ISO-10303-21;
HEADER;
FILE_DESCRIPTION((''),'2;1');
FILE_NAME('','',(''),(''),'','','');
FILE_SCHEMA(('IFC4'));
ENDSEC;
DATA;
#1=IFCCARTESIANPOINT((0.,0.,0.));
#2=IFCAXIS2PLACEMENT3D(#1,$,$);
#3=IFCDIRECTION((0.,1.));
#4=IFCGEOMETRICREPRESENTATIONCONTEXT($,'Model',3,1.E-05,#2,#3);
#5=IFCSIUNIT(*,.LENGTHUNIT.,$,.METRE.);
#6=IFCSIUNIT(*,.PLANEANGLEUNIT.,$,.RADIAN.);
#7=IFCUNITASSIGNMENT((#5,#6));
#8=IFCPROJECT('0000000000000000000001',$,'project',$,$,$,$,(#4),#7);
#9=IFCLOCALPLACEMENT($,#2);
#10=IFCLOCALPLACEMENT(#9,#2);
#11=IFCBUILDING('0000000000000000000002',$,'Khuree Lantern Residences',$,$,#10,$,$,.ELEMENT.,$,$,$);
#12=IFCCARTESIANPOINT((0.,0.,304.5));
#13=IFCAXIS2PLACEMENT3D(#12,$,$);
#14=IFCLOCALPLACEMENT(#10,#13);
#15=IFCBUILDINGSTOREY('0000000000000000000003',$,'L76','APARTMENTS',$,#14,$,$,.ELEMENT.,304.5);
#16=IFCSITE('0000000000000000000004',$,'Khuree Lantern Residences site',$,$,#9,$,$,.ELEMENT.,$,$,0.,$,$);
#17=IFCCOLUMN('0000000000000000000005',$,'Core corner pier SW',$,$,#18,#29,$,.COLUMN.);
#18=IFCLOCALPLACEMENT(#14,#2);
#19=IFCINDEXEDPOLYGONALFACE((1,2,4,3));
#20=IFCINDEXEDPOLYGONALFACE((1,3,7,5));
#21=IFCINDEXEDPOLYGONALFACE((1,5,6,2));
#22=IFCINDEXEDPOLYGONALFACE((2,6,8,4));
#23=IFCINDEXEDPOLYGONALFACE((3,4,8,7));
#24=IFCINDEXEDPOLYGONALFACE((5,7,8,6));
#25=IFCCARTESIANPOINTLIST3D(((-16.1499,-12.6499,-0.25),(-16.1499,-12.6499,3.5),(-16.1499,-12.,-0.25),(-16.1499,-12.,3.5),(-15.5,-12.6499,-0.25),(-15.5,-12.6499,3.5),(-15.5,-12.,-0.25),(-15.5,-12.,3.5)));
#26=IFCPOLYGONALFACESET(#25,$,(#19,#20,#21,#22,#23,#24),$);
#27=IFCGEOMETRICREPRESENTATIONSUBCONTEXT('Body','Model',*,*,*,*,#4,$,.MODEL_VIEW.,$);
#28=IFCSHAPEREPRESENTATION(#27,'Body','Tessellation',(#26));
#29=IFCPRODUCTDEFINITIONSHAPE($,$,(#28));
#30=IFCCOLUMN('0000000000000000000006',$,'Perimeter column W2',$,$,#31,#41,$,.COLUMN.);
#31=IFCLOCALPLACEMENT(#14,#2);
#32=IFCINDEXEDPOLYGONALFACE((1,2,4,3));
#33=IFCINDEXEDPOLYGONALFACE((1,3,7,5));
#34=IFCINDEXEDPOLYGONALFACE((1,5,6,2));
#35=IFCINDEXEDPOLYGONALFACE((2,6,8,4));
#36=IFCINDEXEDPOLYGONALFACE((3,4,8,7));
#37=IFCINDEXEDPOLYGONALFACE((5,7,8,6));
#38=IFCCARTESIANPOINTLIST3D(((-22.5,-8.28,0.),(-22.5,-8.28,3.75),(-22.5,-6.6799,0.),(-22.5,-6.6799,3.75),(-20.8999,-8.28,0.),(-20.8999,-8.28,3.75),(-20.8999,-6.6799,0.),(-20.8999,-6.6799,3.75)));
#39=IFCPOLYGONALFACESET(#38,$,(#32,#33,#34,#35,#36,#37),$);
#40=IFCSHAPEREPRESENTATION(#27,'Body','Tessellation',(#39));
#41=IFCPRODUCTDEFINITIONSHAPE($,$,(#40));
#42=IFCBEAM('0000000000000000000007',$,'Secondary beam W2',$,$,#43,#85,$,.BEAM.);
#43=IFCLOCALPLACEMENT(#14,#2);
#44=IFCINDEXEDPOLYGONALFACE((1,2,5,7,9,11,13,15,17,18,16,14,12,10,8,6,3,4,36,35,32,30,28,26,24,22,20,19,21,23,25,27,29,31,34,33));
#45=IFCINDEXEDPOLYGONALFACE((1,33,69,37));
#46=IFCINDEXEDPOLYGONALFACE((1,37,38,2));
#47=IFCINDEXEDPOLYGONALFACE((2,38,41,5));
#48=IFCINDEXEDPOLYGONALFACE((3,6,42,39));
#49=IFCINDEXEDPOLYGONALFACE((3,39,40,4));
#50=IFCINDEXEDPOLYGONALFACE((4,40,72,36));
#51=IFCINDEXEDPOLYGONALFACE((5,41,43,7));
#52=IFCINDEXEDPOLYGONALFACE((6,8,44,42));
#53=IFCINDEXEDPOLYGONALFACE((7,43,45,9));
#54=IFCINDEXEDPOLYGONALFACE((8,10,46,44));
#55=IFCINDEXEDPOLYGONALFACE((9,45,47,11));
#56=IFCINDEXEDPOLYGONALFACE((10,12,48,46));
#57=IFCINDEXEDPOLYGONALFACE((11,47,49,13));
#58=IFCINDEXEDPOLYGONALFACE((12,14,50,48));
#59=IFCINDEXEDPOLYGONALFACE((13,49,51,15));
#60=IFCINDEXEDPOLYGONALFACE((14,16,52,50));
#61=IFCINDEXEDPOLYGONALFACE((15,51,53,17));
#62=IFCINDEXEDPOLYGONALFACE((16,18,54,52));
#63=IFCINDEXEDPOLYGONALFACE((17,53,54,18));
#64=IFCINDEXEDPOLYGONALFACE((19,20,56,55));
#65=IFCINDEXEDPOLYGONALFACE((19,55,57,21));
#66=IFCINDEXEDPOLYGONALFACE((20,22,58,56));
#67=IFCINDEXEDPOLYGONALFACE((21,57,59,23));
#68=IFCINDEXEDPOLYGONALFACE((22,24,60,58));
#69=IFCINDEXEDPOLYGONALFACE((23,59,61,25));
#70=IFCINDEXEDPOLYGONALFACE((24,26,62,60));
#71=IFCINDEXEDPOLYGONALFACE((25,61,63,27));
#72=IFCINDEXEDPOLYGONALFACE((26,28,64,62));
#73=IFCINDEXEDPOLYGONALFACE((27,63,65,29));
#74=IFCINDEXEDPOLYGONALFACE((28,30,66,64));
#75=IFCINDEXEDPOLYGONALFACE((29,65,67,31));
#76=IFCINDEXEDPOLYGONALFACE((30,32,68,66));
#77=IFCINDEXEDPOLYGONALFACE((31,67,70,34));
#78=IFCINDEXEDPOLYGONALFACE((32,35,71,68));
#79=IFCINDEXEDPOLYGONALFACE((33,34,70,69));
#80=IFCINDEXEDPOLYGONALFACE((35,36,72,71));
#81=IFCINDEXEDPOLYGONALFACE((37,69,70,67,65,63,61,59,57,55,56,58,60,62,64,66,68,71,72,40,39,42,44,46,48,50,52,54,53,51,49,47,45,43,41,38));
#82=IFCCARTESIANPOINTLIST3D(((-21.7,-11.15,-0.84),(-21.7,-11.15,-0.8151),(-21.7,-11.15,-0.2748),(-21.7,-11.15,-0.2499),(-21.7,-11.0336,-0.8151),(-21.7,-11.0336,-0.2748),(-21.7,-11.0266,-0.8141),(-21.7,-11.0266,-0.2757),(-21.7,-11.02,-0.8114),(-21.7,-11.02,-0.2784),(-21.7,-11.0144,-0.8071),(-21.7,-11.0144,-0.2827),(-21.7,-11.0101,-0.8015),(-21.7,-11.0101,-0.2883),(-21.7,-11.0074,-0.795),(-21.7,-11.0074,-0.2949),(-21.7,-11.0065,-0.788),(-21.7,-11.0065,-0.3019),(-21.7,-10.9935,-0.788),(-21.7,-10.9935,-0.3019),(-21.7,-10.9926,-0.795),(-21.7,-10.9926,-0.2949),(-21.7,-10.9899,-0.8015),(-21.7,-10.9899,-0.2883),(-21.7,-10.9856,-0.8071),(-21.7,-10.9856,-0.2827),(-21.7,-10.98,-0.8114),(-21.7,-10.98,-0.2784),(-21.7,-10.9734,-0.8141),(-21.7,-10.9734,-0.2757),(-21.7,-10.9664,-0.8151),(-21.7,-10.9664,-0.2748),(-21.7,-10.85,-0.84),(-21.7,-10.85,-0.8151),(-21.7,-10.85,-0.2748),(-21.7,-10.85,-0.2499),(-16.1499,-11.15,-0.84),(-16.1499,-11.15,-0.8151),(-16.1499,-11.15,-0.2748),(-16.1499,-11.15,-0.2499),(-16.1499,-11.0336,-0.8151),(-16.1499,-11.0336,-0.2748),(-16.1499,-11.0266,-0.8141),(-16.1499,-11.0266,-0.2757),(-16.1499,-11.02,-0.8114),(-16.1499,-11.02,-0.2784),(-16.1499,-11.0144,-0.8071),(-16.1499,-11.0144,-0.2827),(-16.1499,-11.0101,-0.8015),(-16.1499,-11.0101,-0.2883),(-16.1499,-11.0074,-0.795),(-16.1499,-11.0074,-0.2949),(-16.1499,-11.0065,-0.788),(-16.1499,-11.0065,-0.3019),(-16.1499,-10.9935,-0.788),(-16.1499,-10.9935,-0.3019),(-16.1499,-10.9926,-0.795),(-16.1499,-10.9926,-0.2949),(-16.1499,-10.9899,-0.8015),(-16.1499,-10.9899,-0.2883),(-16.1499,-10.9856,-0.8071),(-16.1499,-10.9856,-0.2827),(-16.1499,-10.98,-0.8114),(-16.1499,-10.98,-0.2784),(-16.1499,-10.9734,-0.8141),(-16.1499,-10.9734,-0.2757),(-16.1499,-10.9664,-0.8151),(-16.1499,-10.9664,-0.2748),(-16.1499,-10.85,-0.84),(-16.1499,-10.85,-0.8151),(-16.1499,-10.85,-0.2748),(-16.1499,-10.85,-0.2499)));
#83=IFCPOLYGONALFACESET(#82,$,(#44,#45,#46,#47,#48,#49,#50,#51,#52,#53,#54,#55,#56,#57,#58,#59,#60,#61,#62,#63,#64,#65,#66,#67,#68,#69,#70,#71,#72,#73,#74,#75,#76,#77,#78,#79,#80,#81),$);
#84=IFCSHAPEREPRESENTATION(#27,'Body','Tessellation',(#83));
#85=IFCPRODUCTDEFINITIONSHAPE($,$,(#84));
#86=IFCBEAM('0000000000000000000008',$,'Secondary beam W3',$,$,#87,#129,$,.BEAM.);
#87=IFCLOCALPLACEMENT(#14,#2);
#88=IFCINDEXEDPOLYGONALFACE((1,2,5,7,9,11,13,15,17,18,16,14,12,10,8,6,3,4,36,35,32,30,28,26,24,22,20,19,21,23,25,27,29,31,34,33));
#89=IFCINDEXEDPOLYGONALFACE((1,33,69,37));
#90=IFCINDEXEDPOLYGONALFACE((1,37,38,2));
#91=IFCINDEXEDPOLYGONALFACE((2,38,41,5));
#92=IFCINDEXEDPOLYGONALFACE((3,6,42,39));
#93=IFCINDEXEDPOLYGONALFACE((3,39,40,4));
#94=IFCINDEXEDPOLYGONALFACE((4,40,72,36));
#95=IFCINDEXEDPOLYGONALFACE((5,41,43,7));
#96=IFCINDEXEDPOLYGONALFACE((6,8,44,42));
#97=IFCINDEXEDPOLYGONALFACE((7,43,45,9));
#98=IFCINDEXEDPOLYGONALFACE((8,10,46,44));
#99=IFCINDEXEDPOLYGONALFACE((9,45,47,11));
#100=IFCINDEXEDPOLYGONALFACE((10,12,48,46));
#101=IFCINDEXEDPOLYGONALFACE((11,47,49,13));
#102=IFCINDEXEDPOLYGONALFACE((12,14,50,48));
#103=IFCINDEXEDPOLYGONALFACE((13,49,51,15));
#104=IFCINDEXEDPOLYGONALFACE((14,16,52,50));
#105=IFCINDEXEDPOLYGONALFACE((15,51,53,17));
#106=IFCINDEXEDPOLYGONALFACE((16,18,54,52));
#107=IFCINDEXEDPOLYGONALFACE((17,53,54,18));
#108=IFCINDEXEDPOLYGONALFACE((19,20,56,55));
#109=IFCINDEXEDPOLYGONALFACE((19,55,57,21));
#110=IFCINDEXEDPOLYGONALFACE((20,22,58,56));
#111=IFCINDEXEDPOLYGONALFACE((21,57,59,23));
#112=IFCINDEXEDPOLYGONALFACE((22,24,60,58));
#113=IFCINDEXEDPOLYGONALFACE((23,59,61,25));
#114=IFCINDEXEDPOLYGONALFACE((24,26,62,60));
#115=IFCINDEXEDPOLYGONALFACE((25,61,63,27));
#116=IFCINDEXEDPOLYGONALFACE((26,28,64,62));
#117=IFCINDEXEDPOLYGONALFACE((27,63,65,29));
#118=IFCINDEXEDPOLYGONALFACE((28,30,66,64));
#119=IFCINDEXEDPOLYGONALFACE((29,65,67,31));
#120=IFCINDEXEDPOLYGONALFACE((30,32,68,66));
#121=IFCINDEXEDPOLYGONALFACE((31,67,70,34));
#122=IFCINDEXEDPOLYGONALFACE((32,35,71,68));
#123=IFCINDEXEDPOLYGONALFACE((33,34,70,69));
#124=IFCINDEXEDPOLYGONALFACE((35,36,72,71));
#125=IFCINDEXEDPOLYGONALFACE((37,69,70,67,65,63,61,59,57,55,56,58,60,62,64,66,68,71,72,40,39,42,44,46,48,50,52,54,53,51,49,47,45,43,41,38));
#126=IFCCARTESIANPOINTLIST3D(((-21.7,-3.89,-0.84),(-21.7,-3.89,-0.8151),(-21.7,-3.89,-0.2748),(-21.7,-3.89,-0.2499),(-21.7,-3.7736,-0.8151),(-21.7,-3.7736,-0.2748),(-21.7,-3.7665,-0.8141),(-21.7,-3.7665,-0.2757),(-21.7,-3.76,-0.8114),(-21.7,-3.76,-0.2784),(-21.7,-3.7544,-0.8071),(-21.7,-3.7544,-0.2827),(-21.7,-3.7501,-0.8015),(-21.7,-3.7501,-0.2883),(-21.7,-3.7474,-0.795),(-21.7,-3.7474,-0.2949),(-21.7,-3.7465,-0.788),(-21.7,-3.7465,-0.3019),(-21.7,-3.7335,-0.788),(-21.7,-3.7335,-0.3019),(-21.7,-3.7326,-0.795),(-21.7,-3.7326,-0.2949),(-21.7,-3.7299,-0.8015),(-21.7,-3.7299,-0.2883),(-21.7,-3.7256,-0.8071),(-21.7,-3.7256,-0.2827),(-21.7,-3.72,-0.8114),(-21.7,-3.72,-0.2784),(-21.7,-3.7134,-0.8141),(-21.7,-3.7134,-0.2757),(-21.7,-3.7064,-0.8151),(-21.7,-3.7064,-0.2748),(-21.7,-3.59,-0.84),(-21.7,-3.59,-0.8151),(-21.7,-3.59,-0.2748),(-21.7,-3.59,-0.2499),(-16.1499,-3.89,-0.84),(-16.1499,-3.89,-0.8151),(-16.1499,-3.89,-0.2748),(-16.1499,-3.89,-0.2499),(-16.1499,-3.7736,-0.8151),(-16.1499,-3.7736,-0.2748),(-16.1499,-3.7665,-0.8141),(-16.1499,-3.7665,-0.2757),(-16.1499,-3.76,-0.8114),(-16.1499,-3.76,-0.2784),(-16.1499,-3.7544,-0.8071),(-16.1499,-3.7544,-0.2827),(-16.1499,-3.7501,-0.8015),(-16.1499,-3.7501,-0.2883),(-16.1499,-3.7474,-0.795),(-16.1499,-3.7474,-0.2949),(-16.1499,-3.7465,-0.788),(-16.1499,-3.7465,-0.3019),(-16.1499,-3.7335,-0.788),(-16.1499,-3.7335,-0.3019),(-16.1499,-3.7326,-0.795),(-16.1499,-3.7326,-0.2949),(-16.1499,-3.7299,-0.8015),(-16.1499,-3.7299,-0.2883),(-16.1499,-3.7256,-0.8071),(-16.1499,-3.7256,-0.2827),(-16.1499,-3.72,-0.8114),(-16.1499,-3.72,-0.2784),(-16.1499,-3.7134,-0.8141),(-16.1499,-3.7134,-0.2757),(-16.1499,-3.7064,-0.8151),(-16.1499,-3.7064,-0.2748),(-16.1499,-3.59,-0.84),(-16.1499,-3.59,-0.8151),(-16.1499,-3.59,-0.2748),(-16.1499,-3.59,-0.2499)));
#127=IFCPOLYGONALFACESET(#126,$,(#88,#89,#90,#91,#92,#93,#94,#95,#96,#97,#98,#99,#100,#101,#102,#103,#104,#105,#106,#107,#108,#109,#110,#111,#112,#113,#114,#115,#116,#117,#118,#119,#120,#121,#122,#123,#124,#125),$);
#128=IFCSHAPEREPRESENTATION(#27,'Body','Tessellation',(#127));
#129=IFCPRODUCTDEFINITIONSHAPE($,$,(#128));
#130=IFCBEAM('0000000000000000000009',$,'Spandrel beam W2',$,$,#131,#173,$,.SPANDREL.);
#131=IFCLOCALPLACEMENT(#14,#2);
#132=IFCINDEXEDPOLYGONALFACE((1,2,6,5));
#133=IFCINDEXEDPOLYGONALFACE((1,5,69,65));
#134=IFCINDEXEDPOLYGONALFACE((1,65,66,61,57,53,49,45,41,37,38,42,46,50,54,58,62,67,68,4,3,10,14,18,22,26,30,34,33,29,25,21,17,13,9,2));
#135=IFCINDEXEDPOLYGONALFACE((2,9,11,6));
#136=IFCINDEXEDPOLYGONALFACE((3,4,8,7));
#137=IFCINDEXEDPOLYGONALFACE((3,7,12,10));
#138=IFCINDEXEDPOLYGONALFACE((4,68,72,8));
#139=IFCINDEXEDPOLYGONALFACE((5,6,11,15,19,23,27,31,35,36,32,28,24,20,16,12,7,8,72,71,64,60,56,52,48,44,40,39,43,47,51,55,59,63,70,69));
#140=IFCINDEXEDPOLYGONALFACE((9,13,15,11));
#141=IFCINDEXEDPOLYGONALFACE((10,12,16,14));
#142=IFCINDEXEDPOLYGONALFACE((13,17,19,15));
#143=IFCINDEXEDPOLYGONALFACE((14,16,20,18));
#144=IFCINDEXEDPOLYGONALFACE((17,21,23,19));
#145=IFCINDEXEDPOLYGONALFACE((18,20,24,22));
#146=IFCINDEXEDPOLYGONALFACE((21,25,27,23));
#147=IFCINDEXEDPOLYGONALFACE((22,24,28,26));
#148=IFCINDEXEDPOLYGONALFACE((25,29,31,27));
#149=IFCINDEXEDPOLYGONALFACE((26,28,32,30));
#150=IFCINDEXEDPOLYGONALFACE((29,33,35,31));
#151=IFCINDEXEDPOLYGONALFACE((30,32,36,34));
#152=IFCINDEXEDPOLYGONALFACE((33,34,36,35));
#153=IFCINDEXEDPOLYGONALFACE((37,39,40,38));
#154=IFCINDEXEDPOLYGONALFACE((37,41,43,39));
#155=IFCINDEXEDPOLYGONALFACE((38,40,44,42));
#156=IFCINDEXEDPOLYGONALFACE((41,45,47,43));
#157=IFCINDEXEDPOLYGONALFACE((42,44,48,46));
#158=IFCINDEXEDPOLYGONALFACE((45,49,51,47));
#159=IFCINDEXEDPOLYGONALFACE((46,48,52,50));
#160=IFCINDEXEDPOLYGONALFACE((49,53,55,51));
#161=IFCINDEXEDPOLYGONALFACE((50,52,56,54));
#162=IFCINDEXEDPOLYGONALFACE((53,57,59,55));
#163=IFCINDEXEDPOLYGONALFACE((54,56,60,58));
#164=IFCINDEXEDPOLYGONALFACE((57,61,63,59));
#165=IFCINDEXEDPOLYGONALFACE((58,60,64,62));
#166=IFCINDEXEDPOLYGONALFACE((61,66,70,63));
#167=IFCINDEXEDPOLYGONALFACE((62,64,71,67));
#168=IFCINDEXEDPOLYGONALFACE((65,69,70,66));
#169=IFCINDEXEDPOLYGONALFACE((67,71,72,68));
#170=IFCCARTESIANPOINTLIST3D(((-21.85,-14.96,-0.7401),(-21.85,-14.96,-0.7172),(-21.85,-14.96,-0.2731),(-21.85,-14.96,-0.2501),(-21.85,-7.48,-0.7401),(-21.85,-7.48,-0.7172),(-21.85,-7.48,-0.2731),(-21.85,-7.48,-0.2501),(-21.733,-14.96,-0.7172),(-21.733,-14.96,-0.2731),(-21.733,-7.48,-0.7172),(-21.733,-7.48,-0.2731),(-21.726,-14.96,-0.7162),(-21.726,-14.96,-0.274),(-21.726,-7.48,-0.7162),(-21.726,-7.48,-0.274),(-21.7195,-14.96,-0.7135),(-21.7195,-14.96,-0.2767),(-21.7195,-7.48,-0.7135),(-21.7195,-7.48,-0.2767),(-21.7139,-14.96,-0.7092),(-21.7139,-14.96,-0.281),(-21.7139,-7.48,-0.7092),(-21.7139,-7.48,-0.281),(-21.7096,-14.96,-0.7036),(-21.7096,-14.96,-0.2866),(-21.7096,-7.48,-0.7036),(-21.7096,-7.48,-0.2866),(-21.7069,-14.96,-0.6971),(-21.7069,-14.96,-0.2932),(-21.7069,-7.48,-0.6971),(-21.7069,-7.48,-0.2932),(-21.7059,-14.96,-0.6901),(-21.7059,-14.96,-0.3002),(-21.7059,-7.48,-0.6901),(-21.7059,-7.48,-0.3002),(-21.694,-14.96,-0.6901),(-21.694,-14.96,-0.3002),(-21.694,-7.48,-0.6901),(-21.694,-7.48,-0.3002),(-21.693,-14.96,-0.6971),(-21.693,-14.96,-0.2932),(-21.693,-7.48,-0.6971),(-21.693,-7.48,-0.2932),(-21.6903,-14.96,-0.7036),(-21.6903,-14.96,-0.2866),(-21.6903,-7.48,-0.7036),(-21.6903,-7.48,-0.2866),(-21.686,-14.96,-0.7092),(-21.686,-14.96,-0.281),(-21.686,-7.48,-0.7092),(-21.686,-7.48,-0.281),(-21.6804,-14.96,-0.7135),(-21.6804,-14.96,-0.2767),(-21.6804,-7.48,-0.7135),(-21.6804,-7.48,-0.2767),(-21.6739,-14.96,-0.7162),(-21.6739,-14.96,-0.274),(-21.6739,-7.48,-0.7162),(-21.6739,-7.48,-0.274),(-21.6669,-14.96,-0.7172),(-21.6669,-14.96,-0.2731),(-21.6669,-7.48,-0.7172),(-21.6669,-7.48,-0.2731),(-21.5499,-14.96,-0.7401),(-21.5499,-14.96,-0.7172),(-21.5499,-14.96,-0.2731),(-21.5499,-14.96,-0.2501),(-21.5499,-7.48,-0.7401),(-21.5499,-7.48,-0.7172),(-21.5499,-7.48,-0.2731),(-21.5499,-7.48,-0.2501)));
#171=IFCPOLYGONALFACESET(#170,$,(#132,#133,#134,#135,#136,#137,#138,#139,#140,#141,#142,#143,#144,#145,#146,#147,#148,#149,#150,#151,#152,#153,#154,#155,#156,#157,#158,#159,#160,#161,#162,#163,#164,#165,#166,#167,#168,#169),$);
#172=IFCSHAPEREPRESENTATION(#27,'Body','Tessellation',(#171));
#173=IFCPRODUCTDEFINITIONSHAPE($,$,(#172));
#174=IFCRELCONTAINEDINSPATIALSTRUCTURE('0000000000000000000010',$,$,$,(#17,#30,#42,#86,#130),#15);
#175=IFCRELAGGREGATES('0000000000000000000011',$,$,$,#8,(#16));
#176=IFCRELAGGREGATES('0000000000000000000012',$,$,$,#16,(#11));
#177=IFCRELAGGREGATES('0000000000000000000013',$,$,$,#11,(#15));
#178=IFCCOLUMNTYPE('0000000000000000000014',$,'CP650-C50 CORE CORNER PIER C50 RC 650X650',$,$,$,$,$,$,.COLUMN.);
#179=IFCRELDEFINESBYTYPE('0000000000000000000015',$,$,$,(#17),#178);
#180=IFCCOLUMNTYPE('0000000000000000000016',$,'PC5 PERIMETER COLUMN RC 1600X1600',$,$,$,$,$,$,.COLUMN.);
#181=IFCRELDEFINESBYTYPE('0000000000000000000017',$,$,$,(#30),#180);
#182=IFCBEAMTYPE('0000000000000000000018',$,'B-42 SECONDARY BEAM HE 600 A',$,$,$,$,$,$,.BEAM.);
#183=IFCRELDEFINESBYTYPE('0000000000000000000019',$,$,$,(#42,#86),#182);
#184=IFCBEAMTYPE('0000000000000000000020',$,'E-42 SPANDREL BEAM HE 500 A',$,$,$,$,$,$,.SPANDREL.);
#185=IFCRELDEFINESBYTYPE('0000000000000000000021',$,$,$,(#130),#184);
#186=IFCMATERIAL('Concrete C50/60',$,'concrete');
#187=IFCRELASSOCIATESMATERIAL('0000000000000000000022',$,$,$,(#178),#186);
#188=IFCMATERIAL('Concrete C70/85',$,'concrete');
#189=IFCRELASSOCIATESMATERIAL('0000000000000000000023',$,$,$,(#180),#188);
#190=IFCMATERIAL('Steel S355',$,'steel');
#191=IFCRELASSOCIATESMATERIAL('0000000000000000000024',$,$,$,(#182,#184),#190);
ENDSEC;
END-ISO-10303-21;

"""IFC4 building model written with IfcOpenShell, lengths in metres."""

from ifc_helpers import new_model, si_unit, direction, frame, origin, origin_2d, place, context, subcontext, project, spatial, rectangle, i_section, extrude, material, material_profile, profile_set, type_object, element, save


model = new_model("IFC4")

# Units and contexts
model_context = context("Model", 3, precision=1e-05, world=origin(), true_north=direction((0.0, 1.0)))
body_context = subcontext(model_context, "Body", "Model", "MODEL_VIEW")
ifc_project = project(units=[si_unit("LENGTHUNIT", "METRE"), si_unit("PLANEANGLEUNIT", "RADIAN")], contexts=[model_context])

# Site, building, storey
site_placement = place(None, origin())
site = spatial("IfcSite", under=ifc_project, at=site_placement, Name="Khuree Lantern Residences site", CompositionType="ELEMENT", RefElevation=0.0)
building_placement = place(site_placement, origin())
building = spatial("IfcBuilding", under=site, at=building_placement, Name="Khuree Lantern Residences", CompositionType="ELEMENT")
storey_placement = place(building_placement, frame((0.0, 0.0, 304.5)))
storey = spatial("IfcBuildingStorey", under=building, at=storey_placement, Name="L76", Description="APARTMENTS", CompositionType="ELEMENT", Elevation=304.5)

# Columns
ifc_material_1 = material(Name="Concrete C50/60", Category="concrete")
ifc_material_profile_1 = material_profile(ifc_material_1, rectangle(XDim=0.6499, YDim=0.6499, at=origin_2d()), Name="RC 650X650")
ifc_profile_set_1 = profile_set([ifc_material_profile_1], Name="Concrete C50/60")
column_type_1 = type_object("IfcColumnType", Name="CP650-C50 CORE CORNER PIER C50 RC 650X650", PredefinedType="COLUMN", material=ifc_profile_set_1)
column_1_placement = place(storey_placement, frame((-15.825, -12.325, -0.25), z_axis=(0.0, 0.0, 1.0), x_axis=(1.0, 0.0, 0.0)))
element("IfcColumn", 1, at=column_1_placement, inside=storey, type_object=column_type_1, Name="Core corner pier SW", PredefinedType="COLUMN", context=body_context, shape_type="SweptSolid", body=[
    extrude(rectangle(XDim=0.6499, YDim=0.6499, at=origin_2d()), origin(), (0.0, 0.0, 1.0), 3.75),
])
ifc_material_2 = material(Name="Concrete C70/85", Category="concrete")
ifc_material_profile_2 = material_profile(ifc_material_2, rectangle(XDim=1.6001, YDim=1.6001, at=origin_2d()), Name="RC 1600X1600")
ifc_profile_set_2 = profile_set([ifc_material_profile_2], Name="Concrete C70/85")
column_type_2 = type_object("IfcColumnType", Name="PC5 PERIMETER COLUMN RC 1600X1600", PredefinedType="COLUMN", material=ifc_profile_set_2)
column_2_placement = place(storey_placement, frame((-21.7, -7.48, 0.0), z_axis=(0.0, 0.0, 1.0), x_axis=(0.0, 1.0, 0.0)))
element("IfcColumn", 2, at=column_2_placement, inside=storey, type_object=column_type_2, Name="Perimeter column W2", PredefinedType="COLUMN", context=body_context, shape_type="SweptSolid", body=[
    extrude(rectangle(XDim=1.6001, YDim=1.6001, at=origin_2d()), origin(), (0.0, 0.0, 1.0), 3.75),
])

# Beams
ifc_material_3 = material(Name="Steel S355", Category="steel")
ifc_material_profile_3 = material_profile(ifc_material_3, i_section(OverallWidth=0.3, OverallDepth=0.5901, WebThickness=0.0129, FlangeThickness=0.0249, FilletRadius=0.0271, at=origin_2d()), Name="HE 600 A")
ifc_profile_set_3 = profile_set([ifc_material_profile_3], Name="Steel S355")
beam_type_1 = type_object("IfcBeamType", Name="B-42 SECONDARY BEAM HE 600 A", PredefinedType="BEAM", material=ifc_profile_set_3)
for number, where, z_axis, x_axis, name in (
    (3, (-21.7, -11.0, -0.5449), (1.0, 0.0, 0.0), (0.0, 1.0, 0.0), "Secondary beam W2"),
    (4, (-21.7, -3.74, -0.5449), (1.0, 0.0, 0.0), (0.0, 1.0, 0.0), "Secondary beam W3"),
):
    element("IfcBeam", number, at=place(storey_placement, frame(where, z_axis=z_axis, x_axis=x_axis)), inside=storey, type_object=beam_type_1, Name=name, PredefinedType="BEAM", context=body_context, shape_type="SweptSolid", body=[
        extrude(i_section(OverallWidth=0.3, OverallDepth=0.5901, WebThickness=0.0129, FlangeThickness=0.0249, FilletRadius=0.0271, at=origin_2d()), origin(), (0.0, 0.0, 1.0), 5.55),
    ])
ifc_material_profile_4 = material_profile(ifc_material_3, i_section(OverallWidth=0.3, OverallDepth=0.49, WebThickness=0.012, FlangeThickness=0.0229, FilletRadius=0.0271, at=origin_2d()), Name="HE 500 A")
ifc_profile_set_4 = profile_set([ifc_material_profile_4], Name="Steel S355")
beam_type_2 = type_object("IfcBeamType", Name="E-42 SPANDREL BEAM HE 500 A", PredefinedType="SPANDREL", material=ifc_profile_set_4)
for number, where, z_axis, x_axis, name in (
    (5, (-21.7, -14.96, -0.4951), (0.0, 1.0, 0.0), (-1.0, 0.0, 0.0), "Spandrel beam W2"),
):
    element("IfcBeam", number, at=place(storey_placement, frame(where, z_axis=z_axis, x_axis=x_axis)), inside=storey, type_object=beam_type_2, Name=name, PredefinedType="SPANDREL", context=body_context, shape_type="SweptSolid", body=[
        extrude(i_section(OverallWidth=0.3, OverallDepth=0.49, WebThickness=0.012, FlangeThickness=0.0229, FilletRadius=0.0271, at=origin_2d()), origin(), (0.0, 0.0, 1.0), 7.48),
    ])

save(model, "model.ifc")
